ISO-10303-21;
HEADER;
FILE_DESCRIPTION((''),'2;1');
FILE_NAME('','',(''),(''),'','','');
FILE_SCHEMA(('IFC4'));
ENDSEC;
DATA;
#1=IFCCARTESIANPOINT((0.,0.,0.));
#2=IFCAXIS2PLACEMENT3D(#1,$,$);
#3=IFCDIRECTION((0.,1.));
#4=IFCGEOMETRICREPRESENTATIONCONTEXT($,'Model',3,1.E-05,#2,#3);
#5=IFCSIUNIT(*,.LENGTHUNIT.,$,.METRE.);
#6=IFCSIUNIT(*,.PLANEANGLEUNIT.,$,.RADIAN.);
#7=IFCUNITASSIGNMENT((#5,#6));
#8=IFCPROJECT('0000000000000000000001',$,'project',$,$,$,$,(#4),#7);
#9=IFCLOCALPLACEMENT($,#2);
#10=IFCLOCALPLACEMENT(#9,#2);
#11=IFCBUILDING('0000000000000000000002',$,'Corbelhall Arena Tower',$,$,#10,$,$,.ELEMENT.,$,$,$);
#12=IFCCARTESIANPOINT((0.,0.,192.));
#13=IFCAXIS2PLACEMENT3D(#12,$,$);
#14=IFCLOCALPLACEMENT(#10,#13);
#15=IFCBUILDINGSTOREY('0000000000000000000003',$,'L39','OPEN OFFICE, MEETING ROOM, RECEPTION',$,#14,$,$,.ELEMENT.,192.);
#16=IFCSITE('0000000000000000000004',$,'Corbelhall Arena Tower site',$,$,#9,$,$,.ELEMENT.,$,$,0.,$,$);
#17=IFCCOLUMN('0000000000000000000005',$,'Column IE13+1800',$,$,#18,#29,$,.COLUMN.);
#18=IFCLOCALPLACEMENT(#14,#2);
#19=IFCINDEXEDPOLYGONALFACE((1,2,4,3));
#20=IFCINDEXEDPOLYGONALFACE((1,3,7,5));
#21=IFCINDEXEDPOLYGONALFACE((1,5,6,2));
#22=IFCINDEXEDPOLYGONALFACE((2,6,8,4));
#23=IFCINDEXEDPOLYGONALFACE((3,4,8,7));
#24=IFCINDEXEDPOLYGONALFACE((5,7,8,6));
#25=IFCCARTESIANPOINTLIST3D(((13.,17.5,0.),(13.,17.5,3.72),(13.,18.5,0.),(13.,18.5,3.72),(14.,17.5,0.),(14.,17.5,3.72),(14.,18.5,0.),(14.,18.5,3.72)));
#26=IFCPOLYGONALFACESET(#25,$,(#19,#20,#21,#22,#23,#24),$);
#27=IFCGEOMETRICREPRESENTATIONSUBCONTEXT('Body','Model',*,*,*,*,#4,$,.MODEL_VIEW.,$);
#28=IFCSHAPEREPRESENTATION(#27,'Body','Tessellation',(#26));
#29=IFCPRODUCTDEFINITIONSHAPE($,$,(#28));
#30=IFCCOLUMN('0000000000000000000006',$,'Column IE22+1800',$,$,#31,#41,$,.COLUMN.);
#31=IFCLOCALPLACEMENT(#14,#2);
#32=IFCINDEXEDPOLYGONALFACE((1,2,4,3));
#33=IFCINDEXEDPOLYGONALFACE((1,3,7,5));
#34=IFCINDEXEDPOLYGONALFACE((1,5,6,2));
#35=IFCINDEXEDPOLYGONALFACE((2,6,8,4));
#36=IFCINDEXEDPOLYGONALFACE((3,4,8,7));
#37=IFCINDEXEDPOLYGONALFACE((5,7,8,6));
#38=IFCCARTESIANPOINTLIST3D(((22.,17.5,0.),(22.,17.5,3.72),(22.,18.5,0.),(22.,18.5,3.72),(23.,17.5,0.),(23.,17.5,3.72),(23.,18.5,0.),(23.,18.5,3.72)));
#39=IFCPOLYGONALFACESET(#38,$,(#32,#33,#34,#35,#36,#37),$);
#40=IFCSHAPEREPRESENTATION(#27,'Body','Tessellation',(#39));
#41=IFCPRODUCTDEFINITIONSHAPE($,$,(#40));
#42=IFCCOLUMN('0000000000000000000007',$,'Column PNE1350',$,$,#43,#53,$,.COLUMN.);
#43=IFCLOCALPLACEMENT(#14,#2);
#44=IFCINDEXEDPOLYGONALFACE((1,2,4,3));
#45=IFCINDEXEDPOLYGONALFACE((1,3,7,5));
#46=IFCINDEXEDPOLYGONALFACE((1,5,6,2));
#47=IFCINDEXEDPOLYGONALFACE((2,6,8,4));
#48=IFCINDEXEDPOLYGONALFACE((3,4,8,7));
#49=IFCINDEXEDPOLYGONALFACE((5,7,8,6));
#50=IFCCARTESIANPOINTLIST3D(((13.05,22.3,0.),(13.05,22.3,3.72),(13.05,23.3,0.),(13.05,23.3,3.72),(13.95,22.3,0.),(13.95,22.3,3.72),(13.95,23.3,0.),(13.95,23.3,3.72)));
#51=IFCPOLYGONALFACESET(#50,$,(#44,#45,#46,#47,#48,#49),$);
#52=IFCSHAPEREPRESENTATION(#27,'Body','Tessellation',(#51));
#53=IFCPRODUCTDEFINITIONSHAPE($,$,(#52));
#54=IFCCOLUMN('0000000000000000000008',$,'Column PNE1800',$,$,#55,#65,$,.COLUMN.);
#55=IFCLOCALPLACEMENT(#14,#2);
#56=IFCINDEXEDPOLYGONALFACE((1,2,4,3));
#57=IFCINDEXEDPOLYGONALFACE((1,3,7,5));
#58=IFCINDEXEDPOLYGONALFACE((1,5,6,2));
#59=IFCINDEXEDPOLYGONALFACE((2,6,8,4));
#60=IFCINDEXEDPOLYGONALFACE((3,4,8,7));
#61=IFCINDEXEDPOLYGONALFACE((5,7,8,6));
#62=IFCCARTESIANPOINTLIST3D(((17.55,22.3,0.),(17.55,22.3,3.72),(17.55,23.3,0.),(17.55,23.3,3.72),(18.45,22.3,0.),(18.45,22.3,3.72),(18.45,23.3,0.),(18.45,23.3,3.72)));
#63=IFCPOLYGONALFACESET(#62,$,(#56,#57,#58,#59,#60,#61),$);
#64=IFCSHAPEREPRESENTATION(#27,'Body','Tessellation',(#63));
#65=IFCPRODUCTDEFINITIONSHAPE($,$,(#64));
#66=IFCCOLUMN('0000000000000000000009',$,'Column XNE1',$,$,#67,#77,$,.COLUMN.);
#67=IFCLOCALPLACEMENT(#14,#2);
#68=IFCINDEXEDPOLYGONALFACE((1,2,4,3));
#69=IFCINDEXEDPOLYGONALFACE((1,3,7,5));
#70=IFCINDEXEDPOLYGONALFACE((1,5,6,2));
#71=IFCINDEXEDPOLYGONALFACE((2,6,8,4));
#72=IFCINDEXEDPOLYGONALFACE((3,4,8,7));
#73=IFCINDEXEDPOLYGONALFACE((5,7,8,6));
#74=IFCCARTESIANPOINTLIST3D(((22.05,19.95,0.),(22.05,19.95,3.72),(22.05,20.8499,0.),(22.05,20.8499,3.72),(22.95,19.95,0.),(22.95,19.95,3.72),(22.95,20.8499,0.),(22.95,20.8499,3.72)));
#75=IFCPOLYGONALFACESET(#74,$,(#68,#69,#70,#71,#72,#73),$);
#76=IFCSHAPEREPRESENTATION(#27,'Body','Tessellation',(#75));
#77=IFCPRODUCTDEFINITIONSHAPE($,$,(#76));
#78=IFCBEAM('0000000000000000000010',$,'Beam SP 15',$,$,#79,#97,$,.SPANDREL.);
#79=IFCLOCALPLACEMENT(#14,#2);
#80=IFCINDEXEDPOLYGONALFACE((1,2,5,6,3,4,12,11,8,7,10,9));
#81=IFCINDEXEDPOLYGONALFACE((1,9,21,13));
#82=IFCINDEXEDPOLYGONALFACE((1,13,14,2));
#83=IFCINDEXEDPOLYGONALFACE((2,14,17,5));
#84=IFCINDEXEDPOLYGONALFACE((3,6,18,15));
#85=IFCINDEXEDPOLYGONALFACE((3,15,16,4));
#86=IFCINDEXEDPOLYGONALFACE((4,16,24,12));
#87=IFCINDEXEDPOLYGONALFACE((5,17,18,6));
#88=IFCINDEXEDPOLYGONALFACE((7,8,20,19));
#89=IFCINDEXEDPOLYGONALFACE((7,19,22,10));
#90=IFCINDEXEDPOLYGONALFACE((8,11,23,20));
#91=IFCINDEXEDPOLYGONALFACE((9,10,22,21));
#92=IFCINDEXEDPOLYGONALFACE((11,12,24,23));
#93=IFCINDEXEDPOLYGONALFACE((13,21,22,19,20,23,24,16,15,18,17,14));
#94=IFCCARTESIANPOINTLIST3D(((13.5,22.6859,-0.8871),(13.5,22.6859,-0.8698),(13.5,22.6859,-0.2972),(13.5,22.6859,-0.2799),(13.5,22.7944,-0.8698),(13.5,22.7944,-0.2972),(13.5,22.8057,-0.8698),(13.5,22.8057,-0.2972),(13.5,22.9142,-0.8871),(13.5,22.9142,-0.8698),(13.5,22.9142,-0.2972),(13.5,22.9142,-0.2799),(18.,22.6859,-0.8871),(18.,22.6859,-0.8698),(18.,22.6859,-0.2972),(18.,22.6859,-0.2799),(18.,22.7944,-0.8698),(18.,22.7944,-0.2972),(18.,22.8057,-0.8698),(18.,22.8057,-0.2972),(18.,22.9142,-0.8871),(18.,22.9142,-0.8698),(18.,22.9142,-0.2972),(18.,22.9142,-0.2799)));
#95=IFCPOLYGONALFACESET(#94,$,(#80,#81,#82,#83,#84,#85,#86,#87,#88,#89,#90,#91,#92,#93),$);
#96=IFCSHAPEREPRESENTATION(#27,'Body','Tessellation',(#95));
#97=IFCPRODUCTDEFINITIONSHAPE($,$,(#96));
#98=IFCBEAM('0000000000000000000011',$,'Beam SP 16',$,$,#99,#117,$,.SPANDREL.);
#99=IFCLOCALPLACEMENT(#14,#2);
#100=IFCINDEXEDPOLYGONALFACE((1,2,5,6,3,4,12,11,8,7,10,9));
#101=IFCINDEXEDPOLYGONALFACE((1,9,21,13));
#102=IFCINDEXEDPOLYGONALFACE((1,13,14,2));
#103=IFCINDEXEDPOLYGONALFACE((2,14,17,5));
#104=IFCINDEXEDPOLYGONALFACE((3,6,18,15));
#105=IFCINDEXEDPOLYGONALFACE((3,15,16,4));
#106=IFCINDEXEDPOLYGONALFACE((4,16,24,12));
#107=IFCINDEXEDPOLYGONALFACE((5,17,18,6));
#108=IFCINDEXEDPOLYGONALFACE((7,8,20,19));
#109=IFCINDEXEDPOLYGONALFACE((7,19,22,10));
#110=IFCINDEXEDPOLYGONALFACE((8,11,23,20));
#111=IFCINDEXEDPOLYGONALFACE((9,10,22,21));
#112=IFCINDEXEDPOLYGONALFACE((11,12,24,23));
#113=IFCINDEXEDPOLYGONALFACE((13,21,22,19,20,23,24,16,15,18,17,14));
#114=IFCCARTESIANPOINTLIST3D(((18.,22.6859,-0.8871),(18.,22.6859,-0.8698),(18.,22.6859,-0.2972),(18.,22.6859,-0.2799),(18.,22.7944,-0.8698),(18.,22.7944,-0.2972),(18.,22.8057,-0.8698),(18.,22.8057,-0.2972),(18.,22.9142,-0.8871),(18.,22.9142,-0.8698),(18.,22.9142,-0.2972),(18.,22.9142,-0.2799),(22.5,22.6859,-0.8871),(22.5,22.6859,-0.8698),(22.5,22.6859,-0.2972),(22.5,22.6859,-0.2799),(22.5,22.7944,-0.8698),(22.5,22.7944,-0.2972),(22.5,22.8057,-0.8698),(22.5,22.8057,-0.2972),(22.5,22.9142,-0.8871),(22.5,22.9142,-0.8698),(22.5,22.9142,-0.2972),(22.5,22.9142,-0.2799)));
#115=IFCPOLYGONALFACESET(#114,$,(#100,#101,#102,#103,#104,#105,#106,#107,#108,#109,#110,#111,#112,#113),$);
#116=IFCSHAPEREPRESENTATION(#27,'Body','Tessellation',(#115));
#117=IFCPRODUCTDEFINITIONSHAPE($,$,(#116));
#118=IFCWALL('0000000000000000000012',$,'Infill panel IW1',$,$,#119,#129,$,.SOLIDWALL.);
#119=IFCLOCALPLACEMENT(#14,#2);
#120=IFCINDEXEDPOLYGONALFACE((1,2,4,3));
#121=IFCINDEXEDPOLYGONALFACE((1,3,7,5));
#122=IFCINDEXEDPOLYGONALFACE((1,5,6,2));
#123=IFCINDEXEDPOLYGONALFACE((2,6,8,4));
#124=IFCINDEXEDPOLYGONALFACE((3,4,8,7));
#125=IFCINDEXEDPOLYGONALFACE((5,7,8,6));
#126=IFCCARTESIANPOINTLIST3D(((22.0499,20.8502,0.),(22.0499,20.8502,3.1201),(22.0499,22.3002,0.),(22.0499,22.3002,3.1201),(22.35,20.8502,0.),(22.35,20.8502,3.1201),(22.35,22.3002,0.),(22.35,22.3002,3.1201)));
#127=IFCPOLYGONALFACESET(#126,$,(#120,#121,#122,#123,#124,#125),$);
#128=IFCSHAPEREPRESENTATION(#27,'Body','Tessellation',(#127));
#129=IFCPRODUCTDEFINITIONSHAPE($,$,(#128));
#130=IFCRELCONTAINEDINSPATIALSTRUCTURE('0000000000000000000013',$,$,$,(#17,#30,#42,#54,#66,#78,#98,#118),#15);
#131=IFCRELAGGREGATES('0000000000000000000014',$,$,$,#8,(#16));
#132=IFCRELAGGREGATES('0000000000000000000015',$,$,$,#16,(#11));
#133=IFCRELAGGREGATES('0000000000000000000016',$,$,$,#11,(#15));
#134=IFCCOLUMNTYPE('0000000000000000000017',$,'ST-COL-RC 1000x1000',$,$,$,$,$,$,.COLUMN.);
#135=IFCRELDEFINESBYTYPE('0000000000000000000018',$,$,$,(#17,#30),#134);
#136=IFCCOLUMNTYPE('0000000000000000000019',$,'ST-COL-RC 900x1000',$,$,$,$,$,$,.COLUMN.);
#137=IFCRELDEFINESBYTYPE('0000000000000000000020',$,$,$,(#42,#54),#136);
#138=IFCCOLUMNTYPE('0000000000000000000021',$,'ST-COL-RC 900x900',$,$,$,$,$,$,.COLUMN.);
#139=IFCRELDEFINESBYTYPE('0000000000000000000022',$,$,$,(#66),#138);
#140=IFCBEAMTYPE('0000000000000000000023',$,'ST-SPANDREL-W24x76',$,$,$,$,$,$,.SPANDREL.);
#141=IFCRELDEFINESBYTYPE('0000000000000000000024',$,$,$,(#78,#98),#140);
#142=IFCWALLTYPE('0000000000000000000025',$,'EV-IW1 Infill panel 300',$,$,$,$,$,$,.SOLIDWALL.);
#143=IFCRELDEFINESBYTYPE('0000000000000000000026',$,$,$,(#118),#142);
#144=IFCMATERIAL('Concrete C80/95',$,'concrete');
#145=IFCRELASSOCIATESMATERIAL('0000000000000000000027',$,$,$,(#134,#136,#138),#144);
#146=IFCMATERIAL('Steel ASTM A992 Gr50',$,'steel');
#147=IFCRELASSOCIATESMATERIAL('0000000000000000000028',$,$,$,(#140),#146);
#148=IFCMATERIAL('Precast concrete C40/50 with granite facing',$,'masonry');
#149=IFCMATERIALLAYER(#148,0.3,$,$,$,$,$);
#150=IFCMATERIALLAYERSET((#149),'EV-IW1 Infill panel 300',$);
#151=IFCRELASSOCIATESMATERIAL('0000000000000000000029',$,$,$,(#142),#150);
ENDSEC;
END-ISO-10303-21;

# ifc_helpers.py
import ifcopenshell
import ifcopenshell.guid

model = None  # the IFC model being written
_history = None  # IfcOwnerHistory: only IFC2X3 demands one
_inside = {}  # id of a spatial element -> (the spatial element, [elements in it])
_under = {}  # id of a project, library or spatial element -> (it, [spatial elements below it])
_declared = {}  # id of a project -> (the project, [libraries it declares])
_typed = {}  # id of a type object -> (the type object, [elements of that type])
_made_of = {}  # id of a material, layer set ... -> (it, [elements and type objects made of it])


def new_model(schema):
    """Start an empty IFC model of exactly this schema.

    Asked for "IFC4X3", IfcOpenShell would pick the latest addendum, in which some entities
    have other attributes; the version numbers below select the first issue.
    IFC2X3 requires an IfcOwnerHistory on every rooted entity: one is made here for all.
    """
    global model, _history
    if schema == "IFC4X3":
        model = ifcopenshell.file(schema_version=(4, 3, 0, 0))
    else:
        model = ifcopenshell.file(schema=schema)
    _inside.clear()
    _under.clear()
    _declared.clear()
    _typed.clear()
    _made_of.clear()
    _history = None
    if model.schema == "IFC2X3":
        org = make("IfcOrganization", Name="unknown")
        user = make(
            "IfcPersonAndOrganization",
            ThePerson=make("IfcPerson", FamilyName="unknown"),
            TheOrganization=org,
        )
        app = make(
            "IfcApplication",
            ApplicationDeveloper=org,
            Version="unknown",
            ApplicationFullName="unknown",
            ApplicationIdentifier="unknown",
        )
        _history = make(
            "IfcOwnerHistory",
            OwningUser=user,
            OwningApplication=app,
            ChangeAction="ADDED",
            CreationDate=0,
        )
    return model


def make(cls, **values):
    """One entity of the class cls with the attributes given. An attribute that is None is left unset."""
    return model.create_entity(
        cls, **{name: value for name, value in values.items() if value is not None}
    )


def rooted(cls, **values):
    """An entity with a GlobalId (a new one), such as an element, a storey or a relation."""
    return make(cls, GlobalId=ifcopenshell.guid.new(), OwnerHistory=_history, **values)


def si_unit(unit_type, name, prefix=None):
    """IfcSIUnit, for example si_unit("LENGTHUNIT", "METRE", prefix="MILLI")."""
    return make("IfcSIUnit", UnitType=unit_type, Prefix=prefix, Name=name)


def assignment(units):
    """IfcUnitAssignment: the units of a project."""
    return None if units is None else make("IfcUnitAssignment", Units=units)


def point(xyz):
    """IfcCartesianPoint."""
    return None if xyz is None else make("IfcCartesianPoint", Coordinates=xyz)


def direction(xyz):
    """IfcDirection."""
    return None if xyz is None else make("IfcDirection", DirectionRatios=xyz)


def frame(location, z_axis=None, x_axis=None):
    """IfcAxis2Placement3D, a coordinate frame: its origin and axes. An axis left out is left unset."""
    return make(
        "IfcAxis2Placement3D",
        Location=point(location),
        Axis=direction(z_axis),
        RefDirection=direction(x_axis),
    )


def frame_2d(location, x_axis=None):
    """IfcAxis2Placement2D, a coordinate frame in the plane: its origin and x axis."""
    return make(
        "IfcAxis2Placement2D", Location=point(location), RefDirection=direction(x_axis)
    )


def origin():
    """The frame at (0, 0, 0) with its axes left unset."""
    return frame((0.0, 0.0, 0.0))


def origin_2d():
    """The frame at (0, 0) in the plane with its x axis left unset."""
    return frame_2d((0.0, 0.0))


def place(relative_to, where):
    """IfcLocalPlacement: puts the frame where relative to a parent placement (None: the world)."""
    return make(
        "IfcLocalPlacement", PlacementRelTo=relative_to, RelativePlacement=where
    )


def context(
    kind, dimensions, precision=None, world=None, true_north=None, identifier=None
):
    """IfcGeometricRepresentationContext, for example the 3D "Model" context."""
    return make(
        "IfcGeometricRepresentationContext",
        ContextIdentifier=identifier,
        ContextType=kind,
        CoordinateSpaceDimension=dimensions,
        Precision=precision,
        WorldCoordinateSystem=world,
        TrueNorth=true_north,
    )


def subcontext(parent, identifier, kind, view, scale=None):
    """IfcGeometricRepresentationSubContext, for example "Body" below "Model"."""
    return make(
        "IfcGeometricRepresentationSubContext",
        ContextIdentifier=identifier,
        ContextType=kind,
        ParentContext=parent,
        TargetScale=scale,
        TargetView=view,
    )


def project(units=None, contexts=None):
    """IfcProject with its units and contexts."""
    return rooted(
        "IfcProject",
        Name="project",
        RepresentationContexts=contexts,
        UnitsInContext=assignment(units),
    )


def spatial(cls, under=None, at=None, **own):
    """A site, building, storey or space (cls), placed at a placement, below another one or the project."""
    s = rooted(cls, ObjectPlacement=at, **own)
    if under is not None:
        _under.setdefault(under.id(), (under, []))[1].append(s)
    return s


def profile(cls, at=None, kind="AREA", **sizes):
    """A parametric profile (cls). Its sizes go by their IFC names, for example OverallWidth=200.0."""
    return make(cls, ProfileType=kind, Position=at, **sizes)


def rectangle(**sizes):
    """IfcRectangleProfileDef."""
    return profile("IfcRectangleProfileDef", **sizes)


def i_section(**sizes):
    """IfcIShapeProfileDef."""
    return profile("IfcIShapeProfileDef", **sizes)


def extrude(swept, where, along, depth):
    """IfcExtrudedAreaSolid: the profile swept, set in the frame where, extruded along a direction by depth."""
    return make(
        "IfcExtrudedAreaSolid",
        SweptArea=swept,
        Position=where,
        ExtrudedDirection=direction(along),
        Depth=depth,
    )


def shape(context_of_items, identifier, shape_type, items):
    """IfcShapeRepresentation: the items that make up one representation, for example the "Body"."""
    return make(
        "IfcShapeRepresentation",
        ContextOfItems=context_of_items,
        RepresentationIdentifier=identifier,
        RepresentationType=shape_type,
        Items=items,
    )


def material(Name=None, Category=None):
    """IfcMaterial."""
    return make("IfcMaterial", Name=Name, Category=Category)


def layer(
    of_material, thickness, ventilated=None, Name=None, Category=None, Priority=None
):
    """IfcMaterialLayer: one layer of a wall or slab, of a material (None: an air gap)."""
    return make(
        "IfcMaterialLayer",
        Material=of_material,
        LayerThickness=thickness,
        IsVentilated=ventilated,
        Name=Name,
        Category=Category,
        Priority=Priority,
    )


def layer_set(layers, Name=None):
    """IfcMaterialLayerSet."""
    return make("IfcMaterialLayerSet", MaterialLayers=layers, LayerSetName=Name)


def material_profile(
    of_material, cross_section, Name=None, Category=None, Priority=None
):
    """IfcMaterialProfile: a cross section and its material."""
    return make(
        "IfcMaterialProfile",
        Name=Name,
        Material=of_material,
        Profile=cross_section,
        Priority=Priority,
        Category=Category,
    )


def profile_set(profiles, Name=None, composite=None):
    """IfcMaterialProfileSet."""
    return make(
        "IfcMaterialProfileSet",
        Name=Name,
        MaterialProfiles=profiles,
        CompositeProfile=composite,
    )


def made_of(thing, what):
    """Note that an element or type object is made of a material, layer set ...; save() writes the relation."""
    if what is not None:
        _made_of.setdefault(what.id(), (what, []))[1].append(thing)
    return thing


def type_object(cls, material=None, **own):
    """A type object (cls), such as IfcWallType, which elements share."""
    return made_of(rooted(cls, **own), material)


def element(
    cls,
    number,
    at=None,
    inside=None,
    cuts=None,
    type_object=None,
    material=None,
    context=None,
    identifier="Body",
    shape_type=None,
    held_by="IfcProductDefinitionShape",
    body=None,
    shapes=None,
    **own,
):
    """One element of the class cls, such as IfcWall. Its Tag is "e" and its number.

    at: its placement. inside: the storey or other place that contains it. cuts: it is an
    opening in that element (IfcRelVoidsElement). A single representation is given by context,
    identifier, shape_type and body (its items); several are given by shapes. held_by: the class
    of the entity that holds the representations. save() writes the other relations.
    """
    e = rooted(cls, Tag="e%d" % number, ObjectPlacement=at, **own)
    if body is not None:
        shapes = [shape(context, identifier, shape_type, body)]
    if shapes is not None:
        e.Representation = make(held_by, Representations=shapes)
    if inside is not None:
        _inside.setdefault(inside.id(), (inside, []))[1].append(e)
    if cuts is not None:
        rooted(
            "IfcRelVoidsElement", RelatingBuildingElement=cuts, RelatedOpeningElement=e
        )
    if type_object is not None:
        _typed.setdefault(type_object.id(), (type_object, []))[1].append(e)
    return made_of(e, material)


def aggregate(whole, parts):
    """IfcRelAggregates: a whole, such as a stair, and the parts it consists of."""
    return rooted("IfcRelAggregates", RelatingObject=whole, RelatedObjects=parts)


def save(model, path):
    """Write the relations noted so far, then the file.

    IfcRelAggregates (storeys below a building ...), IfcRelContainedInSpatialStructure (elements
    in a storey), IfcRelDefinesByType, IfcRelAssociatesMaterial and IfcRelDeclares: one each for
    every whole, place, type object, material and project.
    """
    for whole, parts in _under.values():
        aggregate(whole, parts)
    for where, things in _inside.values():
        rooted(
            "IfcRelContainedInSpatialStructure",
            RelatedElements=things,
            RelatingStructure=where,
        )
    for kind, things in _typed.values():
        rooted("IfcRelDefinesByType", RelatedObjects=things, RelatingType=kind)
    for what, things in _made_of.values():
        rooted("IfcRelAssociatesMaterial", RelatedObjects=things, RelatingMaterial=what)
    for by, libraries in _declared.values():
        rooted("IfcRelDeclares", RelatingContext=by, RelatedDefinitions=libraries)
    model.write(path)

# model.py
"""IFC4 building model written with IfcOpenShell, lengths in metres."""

from ifc_helpers import new_model, si_unit, direction, frame, frame_2d, origin, origin_2d, place, context, subcontext, project, spatial, rectangle, i_section, extrude, material, layer, layer_set, material_profile, profile_set, type_object, element, save


model = new_model("IFC4")

# Units and contexts
model_context = context("Model", 3, precision=1e-05, world=origin(), true_north=direction((0.0, 1.0)))
body_context = subcontext(model_context, "Body", "Model", "MODEL_VIEW")
ifc_project = project(units=[si_unit("LENGTHUNIT", "METRE"), si_unit("PLANEANGLEUNIT", "RADIAN")], contexts=[model_context])

# Site, building, storey
site_placement = place(None, origin())
site = spatial("IfcSite", under=ifc_project, at=site_placement, Name="Corbelhall Arena Tower site", CompositionType="ELEMENT", RefElevation=0.0)
building_placement = place(site_placement, origin())
building = spatial("IfcBuilding", under=site, at=building_placement, Name="Corbelhall Arena Tower", CompositionType="ELEMENT")
storey_placement = place(building_placement, frame((0.0, 0.0, 192.0)))
storey = spatial("IfcBuildingStorey", under=building, at=storey_placement, Name="L39", Description="OPEN OFFICE, MEETING ROOM, RECEPTION", CompositionType="ELEMENT", Elevation=192.0)

# Columns
ifc_material_1 = material(Name="Concrete C80/95", Category="concrete")
ifc_material_profile_1 = material_profile(ifc_material_1, rectangle(XDim=1.0, YDim=1.0, at=origin_2d()))
ifc_profile_set_1 = profile_set([ifc_material_profile_1], Name="Concrete C80/95")
column_type_1 = type_object("IfcColumnType", Name="ST-COL-RC 1000x1000", PredefinedType="COLUMN", material=ifc_profile_set_1)
for number, where, z_axis, x_axis, name in (
    (1, (13.5, 18.0, 0.0), (0.0, 0.0, 1.0), (1.0, 0.0, 0.0), "Column IE13+1800"),
    (2, (22.5, 18.0, 0.0), (0.0, 0.0, 1.0), (1.0, 0.0, 0.0), "Column IE22+1800"),
):
    element("IfcColumn", number, at=place(storey_placement, frame(where, z_axis=z_axis, x_axis=x_axis)), inside=storey, type_object=column_type_1, Name=name, PredefinedType="COLUMN", context=body_context, shape_type="SweptSolid", body=[
        extrude(rectangle(XDim=1.0, YDim=1.0, at=origin_2d()), origin(), (0.0, 0.0, 1.0), 3.72),
    ])
ifc_material_profile_2 = material_profile(ifc_material_1, rectangle(XDim=0.8999, YDim=1.0, at=origin_2d()))
ifc_profile_set_2 = profile_set([ifc_material_profile_2], Name="Concrete C80/95")
column_type_2 = type_object("IfcColumnType", Name="ST-COL-RC 900x1000", PredefinedType="COLUMN", material=ifc_profile_set_2)
for number, where, z_axis, x_axis, name in (
    (3, (13.5, 22.8, 0.0), (0.0, 0.0, 1.0), (1.0, 0.0, 0.0), "Column PNE1350"),
    (4, (18.0, 22.8, 0.0), (0.0, 0.0, 1.0), (1.0, 0.0, 0.0), "Column PNE1800"),
):
    element("IfcColumn", number, at=place(storey_placement, frame(where, z_axis=z_axis, x_axis=x_axis)), inside=storey, type_object=column_type_2, Name=name, PredefinedType="COLUMN", context=body_context, shape_type="SweptSolid", body=[
        extrude(rectangle(XDim=0.8999, YDim=1.0, at=origin_2d()), origin(), (0.0, 0.0, 1.0), 3.72),
    ])
ifc_material_profile_3 = material_profile(ifc_material_1, rectangle(XDim=0.8999, YDim=0.8999, at=origin_2d()))
ifc_profile_set_3 = profile_set([ifc_material_profile_3], Name="Concrete C80/95")
column_type_3 = type_object("IfcColumnType", Name="ST-COL-RC 900x900", PredefinedType="COLUMN", material=ifc_profile_set_3)
column_placement = place(storey_placement, frame((22.5, 20.3999, 0.0), z_axis=(0.0, 0.0, 1.0), x_axis=(1.0, 0.0, 0.0)))
element("IfcColumn", 5, at=column_placement, inside=storey, type_object=column_type_3, Name="Column XNE1", PredefinedType="COLUMN", context=body_context, shape_type="SweptSolid", body=[
    extrude(rectangle(XDim=0.8999, YDim=0.8999, at=origin_2d()), origin(), (0.0, 0.0, 1.0), 3.72),
])

# Beams
ifc_material_2 = material(Name="Steel ASTM A992 Gr50", Category="steel")
ifc_material_profile_4 = material_profile(ifc_material_2, i_section(OverallWidth=0.2283, OverallDepth=0.6072, WebThickness=0.0112, FlangeThickness=0.0173, at=origin_2d()))
ifc_profile_set_4 = profile_set([ifc_material_profile_4], Name="Steel ASTM A992 Gr50")
beam_type = type_object("IfcBeamType", Name="ST-SPANDREL-W24x76", PredefinedType="SPANDREL", material=ifc_profile_set_4)
for number, where, z_axis, x_axis, name in (
    (6, (13.5, 22.8, -0.5835), (1.0, 0.0, 0.0), (0.0, 1.0, 0.0), "Beam SP 15"),
    (7, (18.0, 22.8, -0.5835), (1.0, 0.0, 0.0), (0.0, 1.0, 0.0), "Beam SP 16"),
):
    element("IfcBeam", number, at=place(storey_placement, frame(where, z_axis=z_axis, x_axis=x_axis)), inside=storey, type_object=beam_type, Name=name, PredefinedType="SPANDREL", context=body_context, shape_type="SweptSolid", body=[
        extrude(i_section(OverallWidth=0.2283, OverallDepth=0.6072, WebThickness=0.0112, FlangeThickness=0.0173, at=origin_2d()), origin(), (0.0, 0.0, 1.0), 4.5),
    ])

# Wall
ifc_material_3 = material(Name="Precast concrete C40/50 with granite facing", Category="masonry")
ifc_layer_1 = layer(ifc_material_3, 0.3)
ifc_layer_set_1 = layer_set([ifc_layer_1], Name="EV-IW1 Infill panel 300")
wall_type_1 = type_object("IfcWallType", Name="EV-IW1 Infill panel 300", PredefinedType="SOLIDWALL", material=ifc_layer_set_1)
wall_1_placement = place(storey_placement, frame((22.2, 20.8501, 0.0), z_axis=(0.0, 0.0, 1.0), x_axis=(0.0, 1.0, 0.0)))
element("IfcWall", 8, at=wall_1_placement, inside=storey, type_object=wall_type_1, Name="Infill panel IW1", PredefinedType="SOLIDWALL", context=body_context, shape_type="SweptSolid", body=[
    extrude(rectangle(XDim=1.45, YDim=0.3, at=frame_2d((0.7251, 0.0))), origin(), (0.0, 0.0, 1.0), 3.1201),
])

save(model, "model.ifc")
